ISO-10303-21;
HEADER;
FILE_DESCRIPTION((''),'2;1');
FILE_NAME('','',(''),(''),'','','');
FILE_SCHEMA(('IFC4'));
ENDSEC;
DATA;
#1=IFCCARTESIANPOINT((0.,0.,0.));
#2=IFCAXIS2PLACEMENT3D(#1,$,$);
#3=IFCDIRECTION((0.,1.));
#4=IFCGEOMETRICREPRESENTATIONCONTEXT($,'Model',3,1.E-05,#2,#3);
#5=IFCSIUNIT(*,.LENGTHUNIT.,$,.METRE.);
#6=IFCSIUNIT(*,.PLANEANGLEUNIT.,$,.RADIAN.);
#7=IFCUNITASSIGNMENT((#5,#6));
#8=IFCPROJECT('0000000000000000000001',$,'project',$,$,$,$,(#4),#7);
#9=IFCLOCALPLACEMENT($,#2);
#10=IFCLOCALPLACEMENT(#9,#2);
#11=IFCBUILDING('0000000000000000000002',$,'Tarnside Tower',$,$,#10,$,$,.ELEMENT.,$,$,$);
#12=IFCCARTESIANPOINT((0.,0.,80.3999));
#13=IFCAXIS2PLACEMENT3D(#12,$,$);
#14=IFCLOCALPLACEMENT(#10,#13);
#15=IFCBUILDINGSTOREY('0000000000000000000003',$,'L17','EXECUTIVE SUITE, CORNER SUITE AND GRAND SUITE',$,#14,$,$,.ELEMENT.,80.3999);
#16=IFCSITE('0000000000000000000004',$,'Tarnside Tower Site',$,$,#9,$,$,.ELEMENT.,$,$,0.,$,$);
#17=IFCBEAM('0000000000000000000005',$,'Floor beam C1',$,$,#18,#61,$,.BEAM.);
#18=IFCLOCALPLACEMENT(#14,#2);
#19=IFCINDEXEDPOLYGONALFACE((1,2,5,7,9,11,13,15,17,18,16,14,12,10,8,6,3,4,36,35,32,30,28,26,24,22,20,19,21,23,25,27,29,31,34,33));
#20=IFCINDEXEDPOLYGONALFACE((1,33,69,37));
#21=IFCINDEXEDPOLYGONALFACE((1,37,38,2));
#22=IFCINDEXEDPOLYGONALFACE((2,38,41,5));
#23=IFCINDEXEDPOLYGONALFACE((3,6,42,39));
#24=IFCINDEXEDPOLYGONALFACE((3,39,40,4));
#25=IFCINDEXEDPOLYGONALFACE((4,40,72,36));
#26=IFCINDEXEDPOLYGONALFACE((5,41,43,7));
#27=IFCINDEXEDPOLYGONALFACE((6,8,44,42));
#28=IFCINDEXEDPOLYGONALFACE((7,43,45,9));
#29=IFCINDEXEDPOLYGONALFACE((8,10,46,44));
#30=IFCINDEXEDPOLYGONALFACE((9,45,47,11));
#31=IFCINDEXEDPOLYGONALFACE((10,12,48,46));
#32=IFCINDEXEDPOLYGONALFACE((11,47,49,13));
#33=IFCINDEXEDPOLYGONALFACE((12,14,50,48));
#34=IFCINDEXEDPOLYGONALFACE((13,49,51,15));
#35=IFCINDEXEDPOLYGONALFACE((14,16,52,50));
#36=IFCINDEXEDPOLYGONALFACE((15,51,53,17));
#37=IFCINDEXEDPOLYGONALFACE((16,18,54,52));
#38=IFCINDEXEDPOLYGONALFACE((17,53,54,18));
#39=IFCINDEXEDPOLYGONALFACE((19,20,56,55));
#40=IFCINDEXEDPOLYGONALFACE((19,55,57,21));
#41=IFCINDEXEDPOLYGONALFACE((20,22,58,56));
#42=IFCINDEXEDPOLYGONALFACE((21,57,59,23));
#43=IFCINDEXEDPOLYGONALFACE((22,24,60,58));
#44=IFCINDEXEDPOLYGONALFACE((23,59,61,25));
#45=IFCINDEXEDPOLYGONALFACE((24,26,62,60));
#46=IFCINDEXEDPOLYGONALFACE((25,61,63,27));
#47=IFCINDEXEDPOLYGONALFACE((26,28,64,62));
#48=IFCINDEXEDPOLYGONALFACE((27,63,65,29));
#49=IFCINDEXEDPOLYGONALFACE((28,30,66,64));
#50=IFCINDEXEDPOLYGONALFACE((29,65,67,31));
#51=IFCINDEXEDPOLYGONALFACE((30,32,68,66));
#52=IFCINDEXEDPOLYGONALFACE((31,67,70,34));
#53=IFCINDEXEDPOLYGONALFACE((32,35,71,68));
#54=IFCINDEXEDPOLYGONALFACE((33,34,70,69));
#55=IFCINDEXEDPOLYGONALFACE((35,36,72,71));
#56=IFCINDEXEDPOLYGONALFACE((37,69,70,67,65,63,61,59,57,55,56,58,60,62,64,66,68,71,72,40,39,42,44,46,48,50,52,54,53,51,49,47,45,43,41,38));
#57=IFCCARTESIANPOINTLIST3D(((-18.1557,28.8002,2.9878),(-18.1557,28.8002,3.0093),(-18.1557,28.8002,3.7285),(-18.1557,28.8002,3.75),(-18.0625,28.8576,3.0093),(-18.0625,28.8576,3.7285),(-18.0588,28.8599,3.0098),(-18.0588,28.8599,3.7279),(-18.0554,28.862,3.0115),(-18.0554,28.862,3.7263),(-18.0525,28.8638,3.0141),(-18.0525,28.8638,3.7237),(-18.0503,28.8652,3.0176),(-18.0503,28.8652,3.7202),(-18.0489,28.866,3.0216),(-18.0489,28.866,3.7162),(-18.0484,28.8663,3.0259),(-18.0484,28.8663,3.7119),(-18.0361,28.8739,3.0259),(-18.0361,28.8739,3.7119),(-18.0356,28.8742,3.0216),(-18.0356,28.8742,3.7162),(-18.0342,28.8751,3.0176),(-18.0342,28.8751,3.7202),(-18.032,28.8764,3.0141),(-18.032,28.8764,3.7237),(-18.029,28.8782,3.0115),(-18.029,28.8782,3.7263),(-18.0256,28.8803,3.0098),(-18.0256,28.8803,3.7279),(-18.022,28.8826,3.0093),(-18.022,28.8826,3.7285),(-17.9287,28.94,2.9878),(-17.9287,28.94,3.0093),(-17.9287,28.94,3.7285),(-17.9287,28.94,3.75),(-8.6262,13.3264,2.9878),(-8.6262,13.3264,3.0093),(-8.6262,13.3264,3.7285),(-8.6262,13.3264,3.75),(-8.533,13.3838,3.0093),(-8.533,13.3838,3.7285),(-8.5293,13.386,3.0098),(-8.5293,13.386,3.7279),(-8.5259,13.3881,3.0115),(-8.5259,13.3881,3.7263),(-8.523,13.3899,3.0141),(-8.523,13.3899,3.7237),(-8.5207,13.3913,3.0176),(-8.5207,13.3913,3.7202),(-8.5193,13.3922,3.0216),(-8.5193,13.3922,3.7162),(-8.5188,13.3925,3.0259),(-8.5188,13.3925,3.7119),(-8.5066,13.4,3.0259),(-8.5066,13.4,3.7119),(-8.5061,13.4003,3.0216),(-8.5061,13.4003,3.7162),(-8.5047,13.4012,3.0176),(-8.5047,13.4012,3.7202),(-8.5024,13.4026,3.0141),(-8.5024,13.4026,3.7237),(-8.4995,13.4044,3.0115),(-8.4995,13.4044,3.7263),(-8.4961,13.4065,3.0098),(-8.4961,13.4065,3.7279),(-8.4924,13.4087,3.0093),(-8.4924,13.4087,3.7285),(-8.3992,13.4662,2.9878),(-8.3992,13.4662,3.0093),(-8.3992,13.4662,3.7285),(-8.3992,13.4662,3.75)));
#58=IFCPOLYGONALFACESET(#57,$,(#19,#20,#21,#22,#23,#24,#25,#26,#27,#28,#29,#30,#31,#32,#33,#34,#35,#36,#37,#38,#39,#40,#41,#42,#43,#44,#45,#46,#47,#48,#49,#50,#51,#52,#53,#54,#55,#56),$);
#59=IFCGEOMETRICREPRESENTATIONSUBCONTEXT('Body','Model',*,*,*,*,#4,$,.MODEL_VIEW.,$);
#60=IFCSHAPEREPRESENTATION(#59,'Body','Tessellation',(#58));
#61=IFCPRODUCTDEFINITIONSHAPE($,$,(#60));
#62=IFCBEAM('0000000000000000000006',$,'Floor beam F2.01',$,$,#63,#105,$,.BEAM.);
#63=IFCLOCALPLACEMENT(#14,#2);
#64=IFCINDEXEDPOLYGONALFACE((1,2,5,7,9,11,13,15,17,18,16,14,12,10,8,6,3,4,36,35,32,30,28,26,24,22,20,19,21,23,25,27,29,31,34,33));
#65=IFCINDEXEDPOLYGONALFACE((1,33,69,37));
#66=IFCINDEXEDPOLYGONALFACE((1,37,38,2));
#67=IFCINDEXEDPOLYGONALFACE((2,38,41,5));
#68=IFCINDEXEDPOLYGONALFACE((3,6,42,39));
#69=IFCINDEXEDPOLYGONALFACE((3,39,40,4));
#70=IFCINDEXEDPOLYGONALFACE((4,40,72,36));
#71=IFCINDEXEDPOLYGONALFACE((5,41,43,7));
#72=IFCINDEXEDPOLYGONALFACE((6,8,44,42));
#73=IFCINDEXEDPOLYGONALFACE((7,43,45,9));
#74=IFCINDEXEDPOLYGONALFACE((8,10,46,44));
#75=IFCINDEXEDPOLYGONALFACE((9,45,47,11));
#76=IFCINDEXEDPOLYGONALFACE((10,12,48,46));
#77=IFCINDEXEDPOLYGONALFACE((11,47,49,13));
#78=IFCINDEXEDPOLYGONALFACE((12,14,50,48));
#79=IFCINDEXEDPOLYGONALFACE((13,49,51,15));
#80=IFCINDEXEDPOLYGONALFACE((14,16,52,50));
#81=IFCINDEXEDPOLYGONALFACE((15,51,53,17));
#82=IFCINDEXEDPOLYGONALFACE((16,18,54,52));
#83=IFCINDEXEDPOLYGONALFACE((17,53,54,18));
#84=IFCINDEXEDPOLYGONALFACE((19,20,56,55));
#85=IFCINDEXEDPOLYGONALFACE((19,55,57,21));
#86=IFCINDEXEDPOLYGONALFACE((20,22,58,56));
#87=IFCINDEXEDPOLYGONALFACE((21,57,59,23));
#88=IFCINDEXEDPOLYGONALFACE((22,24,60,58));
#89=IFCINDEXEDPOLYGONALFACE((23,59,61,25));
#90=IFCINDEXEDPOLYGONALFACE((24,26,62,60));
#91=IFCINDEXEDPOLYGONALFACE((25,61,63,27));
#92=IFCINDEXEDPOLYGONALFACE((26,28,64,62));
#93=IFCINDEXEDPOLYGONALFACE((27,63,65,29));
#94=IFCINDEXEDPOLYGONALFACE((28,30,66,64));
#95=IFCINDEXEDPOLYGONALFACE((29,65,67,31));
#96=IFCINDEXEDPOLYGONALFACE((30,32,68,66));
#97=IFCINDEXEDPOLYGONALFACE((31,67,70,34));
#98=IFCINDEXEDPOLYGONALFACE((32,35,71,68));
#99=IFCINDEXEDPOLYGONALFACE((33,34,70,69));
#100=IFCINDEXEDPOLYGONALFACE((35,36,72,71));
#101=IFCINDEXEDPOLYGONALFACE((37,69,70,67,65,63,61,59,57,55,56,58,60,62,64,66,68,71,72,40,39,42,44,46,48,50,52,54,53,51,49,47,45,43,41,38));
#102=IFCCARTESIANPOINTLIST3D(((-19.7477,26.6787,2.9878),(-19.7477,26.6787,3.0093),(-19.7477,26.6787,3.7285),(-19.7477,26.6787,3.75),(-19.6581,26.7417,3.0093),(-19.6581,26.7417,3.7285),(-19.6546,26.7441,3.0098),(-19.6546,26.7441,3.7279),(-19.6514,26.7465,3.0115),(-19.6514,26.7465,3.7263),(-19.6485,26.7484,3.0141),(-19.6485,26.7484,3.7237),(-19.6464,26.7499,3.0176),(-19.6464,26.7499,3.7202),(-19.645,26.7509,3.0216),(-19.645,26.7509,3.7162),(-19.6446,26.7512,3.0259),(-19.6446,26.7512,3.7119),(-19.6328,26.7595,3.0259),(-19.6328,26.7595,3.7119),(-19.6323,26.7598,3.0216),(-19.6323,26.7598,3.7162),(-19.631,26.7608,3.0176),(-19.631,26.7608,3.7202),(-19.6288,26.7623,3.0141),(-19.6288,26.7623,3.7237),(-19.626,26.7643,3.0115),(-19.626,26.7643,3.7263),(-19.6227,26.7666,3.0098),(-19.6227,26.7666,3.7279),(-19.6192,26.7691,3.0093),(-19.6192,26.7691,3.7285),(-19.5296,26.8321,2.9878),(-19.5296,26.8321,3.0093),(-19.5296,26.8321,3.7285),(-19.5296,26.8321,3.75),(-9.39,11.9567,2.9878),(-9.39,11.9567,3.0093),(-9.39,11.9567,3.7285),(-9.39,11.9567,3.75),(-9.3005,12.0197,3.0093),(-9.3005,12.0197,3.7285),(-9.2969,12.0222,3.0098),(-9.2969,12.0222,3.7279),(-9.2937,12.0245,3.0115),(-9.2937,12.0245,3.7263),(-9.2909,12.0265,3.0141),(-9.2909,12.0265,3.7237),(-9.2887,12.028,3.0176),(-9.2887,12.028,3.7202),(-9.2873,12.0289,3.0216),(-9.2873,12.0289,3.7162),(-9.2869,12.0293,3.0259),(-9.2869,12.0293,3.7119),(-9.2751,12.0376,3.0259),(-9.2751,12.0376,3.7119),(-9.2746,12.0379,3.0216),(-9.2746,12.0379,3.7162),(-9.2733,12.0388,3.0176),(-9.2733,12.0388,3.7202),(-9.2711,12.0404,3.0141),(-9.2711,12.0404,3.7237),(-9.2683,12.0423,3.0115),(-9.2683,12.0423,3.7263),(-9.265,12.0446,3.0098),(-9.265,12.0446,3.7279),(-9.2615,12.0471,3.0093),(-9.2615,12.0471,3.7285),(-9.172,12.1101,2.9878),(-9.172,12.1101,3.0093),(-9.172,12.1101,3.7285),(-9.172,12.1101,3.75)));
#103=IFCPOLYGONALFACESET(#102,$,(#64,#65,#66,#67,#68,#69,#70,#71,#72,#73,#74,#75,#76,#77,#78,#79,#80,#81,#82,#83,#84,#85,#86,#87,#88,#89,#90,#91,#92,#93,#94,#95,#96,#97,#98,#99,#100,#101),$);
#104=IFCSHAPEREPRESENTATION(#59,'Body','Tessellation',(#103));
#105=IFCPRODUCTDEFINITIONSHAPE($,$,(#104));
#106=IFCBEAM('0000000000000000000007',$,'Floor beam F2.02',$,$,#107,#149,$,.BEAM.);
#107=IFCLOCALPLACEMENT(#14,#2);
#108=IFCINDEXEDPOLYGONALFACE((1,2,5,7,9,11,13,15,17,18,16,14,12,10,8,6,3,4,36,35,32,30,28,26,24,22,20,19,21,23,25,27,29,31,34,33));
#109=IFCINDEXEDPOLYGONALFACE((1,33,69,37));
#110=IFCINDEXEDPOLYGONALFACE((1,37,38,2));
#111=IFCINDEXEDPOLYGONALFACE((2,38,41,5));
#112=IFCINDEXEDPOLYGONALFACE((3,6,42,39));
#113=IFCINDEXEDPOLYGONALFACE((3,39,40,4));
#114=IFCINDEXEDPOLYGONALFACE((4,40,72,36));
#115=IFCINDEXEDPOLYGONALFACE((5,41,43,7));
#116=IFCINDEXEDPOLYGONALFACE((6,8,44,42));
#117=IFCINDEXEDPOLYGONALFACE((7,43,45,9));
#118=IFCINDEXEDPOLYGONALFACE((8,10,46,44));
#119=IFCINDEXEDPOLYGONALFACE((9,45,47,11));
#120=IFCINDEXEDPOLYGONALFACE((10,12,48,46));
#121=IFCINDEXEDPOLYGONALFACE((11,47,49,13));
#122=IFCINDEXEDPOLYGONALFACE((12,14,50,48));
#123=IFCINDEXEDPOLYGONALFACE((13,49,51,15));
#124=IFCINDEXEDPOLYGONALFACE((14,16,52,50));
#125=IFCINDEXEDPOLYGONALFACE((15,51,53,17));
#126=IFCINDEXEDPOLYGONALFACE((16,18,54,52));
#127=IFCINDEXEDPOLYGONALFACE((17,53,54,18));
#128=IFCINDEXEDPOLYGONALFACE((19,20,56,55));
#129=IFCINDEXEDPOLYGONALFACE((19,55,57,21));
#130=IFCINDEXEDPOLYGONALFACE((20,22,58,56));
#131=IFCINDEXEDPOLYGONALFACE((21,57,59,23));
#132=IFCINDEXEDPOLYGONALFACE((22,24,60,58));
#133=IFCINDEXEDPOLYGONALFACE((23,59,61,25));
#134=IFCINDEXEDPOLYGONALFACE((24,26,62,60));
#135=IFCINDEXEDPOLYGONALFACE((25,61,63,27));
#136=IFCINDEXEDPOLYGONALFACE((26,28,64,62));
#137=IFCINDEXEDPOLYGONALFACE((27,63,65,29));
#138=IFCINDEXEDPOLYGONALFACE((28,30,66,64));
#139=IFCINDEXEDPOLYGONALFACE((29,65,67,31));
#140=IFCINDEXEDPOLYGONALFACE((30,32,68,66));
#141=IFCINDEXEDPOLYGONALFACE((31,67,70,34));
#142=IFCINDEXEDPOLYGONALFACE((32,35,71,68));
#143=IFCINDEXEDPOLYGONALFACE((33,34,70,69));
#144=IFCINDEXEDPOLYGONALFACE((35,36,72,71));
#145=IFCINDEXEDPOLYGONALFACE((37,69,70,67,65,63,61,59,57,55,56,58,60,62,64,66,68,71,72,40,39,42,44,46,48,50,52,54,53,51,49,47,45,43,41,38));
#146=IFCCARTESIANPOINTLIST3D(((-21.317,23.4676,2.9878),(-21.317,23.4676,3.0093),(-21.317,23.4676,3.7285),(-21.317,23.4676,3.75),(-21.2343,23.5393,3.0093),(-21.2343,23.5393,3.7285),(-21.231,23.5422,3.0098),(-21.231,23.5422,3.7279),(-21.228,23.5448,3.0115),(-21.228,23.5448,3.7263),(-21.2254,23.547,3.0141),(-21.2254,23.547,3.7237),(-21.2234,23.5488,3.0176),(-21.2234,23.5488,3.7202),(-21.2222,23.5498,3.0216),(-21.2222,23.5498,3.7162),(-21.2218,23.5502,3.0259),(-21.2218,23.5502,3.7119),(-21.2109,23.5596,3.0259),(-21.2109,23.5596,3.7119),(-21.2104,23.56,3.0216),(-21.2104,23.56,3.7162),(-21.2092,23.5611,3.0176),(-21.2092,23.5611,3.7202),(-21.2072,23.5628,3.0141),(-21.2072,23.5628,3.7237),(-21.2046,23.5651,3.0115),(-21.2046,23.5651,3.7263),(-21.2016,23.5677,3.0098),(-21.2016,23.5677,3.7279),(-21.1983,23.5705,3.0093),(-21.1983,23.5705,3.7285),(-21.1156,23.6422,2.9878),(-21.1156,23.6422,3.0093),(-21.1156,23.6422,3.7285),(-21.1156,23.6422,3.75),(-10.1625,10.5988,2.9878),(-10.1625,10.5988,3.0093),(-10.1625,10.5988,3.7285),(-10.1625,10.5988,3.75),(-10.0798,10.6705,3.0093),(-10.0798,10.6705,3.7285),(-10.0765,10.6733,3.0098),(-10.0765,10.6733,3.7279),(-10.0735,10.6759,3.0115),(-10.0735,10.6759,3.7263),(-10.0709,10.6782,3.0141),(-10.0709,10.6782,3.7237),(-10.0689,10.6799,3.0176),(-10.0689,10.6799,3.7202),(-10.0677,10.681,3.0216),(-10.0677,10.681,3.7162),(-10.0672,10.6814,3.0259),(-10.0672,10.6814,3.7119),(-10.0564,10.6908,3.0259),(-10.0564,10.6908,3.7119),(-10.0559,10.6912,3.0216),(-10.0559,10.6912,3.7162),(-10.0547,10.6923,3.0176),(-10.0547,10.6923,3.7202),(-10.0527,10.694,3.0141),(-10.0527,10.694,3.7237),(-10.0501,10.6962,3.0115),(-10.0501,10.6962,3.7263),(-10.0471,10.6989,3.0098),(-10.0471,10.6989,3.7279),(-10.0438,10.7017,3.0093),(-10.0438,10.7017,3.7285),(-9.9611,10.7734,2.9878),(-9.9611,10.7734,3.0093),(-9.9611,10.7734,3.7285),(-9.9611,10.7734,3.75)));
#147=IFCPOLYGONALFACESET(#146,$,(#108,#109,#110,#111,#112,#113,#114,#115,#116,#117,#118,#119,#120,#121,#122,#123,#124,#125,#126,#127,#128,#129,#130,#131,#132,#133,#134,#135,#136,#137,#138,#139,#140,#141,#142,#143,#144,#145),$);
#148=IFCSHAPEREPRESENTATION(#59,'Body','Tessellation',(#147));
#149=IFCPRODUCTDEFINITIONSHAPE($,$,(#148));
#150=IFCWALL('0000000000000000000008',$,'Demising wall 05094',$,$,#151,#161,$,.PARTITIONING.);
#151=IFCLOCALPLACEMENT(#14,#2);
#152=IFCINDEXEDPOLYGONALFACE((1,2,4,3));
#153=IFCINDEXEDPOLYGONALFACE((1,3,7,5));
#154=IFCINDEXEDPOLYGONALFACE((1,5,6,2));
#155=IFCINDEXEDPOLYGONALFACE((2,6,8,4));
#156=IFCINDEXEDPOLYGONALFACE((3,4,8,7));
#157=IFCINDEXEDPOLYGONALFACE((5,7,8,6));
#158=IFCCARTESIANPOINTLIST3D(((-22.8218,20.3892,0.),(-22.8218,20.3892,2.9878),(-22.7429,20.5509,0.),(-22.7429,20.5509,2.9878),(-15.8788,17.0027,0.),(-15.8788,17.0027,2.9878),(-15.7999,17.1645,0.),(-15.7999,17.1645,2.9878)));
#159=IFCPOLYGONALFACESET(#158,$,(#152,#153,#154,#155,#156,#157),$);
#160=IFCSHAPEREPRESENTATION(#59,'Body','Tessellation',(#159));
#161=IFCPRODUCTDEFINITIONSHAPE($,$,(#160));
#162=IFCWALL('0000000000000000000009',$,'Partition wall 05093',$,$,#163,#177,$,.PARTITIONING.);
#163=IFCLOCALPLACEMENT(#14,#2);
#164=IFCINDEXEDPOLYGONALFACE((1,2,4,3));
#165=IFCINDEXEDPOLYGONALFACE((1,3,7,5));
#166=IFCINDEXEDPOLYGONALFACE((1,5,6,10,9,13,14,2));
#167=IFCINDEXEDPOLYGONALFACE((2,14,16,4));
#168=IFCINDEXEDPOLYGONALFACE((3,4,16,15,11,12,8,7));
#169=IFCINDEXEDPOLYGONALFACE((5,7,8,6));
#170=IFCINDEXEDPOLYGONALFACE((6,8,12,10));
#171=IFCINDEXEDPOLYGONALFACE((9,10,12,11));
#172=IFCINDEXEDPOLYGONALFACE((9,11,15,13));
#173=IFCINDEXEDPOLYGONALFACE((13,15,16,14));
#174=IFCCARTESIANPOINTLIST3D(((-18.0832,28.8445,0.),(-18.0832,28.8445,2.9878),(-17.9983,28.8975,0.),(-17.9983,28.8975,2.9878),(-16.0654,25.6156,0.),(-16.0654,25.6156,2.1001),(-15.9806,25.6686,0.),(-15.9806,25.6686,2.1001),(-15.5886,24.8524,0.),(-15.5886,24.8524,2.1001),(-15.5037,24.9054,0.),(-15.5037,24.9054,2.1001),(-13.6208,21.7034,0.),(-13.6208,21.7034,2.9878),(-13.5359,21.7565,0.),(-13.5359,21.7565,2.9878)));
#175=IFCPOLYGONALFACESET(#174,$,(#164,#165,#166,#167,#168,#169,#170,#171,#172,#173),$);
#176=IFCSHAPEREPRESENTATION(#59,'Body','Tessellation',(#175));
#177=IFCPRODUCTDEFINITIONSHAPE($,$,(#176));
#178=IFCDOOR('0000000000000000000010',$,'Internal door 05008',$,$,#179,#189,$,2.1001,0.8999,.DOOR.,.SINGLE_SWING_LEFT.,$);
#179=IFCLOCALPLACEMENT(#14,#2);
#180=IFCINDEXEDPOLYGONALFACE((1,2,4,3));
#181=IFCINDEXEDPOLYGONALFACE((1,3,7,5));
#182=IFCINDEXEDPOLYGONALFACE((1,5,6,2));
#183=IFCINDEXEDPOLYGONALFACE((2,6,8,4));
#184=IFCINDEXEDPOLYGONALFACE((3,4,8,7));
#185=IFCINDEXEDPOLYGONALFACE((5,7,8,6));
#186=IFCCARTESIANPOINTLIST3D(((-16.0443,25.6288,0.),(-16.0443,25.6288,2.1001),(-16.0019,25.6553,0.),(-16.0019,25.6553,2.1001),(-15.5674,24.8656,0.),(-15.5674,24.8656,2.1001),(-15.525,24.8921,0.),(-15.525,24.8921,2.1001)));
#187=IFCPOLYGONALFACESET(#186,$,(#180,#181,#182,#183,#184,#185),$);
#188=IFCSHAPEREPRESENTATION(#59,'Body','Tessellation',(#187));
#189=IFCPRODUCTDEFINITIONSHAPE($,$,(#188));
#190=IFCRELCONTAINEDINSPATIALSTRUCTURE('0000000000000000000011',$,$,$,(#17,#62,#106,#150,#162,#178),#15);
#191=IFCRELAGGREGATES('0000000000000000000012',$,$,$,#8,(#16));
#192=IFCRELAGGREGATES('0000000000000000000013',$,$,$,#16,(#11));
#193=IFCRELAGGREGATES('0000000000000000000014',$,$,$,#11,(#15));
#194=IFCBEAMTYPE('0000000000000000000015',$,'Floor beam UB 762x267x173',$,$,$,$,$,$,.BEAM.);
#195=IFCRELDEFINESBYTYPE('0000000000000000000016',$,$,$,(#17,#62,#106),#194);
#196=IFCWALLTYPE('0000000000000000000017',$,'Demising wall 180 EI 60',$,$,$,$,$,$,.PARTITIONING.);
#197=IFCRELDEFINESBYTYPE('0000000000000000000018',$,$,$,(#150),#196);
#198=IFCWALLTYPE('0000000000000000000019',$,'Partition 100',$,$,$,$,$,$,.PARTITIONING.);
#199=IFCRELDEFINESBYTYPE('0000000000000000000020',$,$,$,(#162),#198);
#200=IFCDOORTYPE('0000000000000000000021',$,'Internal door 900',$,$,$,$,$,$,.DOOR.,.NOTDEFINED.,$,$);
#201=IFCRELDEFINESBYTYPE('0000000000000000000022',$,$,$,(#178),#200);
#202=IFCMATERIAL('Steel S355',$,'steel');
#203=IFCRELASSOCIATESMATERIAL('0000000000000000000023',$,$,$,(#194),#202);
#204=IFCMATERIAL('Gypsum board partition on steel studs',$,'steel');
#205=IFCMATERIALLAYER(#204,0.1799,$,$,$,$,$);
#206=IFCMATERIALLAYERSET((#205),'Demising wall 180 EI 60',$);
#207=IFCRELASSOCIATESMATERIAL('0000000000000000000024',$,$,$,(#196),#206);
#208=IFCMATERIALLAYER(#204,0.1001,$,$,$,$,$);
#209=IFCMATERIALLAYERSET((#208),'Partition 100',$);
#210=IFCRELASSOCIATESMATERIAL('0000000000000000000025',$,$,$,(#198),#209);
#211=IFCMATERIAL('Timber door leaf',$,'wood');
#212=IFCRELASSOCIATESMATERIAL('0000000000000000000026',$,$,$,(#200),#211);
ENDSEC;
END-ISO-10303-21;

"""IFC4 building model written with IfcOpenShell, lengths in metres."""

from ifc_helpers import new_model, si_unit, direction, frame, frame_2d, origin, origin_2d, place, context, subcontext, project, spatial, rectangle, i_section, extrude, material, layer, layer_set, material_profile, profile_set, type_object, element, fill, save


model = new_model("IFC4")

# Units and contexts
model_context = context("Model", 3, precision=1e-05, world=origin(), true_north=direction((0.0, 1.0)))
body_context = subcontext(model_context, "Body", "Model", "MODEL_VIEW")
ifc_project = project(units=[si_unit("LENGTHUNIT", "METRE"), si_unit("PLANEANGLEUNIT", "RADIAN")], contexts=[model_context])

# Site, building, storey
site_placement = place(None, origin())
site = spatial("IfcSite", under=ifc_project, at=site_placement, Name="Tarnside Tower Site", CompositionType="ELEMENT", RefElevation=0.0)
building_placement = place(site_placement, origin())
building = spatial("IfcBuilding", under=site, at=building_placement, Name="Tarnside Tower", CompositionType="ELEMENT")
storey_placement = place(building_placement, frame((0.0, 0.0, 80.3999)))
storey = spatial("IfcBuildingStorey", under=building, at=storey_placement, Name="L17", Description="EXECUTIVE SUITE, CORNER SUITE AND GRAND SUITE", CompositionType="ELEMENT", Elevation=80.3999)

# Beams
ifc_material_1 = material(Name="Steel S355", Category="steel")
ifc_material_profile = material_profile(ifc_material_1, i_section(OverallWidth=0.2666, OverallDepth=0.7622, WebThickness=0.0144, FlangeThickness=0.0215, FilletRadius=0.0166, at=origin_2d()), Name="UB 762x267x173")
ifc_profile_set = profile_set([ifc_material_profile], Name="Steel S355")
beam_type = type_object("IfcBeamType", Name="Floor beam UB 762x267x173", PredefinedType="BEAM", material=ifc_profile_set)
beam_1_placement = place(storey_placement, frame((-18.0422, 28.8701, 3.3689), z_axis=(0.524383, -0.851483, 0.0), x_axis=(0.851483, 0.524383, 0.0)))
element("IfcBeam", 1, at=beam_1_placement, inside=storey, type_object=beam_type, Name="Floor beam C1", PredefinedType="BEAM", context=body_context, shape_type="SweptSolid", body=[
    extrude(i_section(OverallWidth=0.2666, OverallDepth=0.7622, WebThickness=0.0144, FlangeThickness=0.0215, FilletRadius=0.0166, at=origin_2d()), origin(), (0.0, 0.0, 1.0), 18.1729),
])
beam_2_placement = place(storey_placement, frame((-19.6387, 26.7554, 3.3689), z_axis=(0.575411, -0.817864, 0.0), x_axis=(0.817864, 0.575411, 0.0)))
element("IfcBeam", 2, at=beam_2_placement, inside=storey, type_object=beam_type, Name="Floor beam F2.01", PredefinedType="BEAM", context=body_context, shape_type="SweptSolid", body=[
    extrude(i_section(OverallWidth=0.2666, OverallDepth=0.7622, WebThickness=0.0144, FlangeThickness=0.0215, FilletRadius=0.0166, at=origin_2d()), origin(), (0.0, 0.0, 1.0), 18.0005),
])
beam_3_placement = place(storey_placement, frame((-21.2163, 23.5549, 3.3689), z_axis=(0.654981, -0.755646, 0.0), x_axis=(0.755646, 0.654981, 0.0)))
element("IfcBeam", 3, at=beam_3_placement, inside=storey, type_object=beam_type, Name="Floor beam F2.02", PredefinedType="BEAM", context=body_context, shape_type="SweptSolid", body=[
    extrude(i_section(OverallWidth=0.2666, OverallDepth=0.7622, WebThickness=0.0144, FlangeThickness=0.0215, FilletRadius=0.0166, at=origin_2d()), origin(), (0.0, 0.0, 1.0), 17.0303),
])

# Wall
ifc_material_2 = material(Name="Gypsum board partition on steel studs", Category="steel")
ifc_layer_1 = layer(ifc_material_2, 0.1799)
ifc_layer_set_1 = layer_set([ifc_layer_1], Name="Demising wall 180 EI 60")
wall_type_1 = type_object("IfcWallType", Name="Demising wall 180 EI 60", PredefinedType="PARTITIONING", material=ifc_layer_set_1)
wall_1_placement = place(storey_placement, frame((-22.7822, 20.47, 0.0), z_axis=(0.0, 0.0, 1.0), x_axis=(0.898789, -0.438381, 0.0)))
element("IfcWall", 4, at=wall_1_placement, inside=storey, type_object=wall_type_1, Name="Demising wall 05094", PredefinedType="PARTITIONING", context=body_context, shape_type="SweptSolid", body=[
    extrude(rectangle(XDim=7.7249, YDim=0.1799, at=frame_2d((3.8623, 0.0))), origin(), (0.0, 0.0, 1.0), 2.9878),
])

# Wall, opening, door
ifc_layer_2 = layer(ifc_material_2, 0.1001)
ifc_layer_set_2 = layer_set([ifc_layer_2], Name="Partition 100")
wall_type_2 = type_object("IfcWallType", Name="Partition 100", PredefinedType="PARTITIONING", material=ifc_layer_set_2)
wall_2_placement = place(storey_placement, frame((-18.0408, 28.8711, 0.0), z_axis=(0.0, 0.0, 1.0), x_axis=(0.529931, -0.848041, 0.0)))
wall_2 = element("IfcWall", 5, at=wall_2_placement, inside=storey, type_object=wall_type_2, Name="Partition wall 05093", PredefinedType="PARTITIONING", context=body_context, shape_type="SweptSolid", body=[
    extrude(rectangle(XDim=8.4207, YDim=0.1001, at=frame_2d((4.2104, 0.0))), origin(), (0.0, 0.0, 1.0), 2.9878),
])
opening_1_placement = place(wall_2_placement, frame((3.8076, 0.0, 0.0)))
opening_1 = element("IfcOpeningElement", 6, at=opening_1_placement, cuts=wall_2, PredefinedType="OPENING", context=body_context, shape_type="SweptSolid", body=[
    extrude(rectangle(XDim=0.8999, YDim=2.1001, at=frame_2d((0.45, 1.05))), frame((0.0, 0.0601, 0.0), z_axis=(0.0, -1.0, 0.0), x_axis=(1.0, 0.0, 0.0)), (0.0, 0.0, 1.0), 0.1201),
])
ifc_material_3 = material(Name="Timber door leaf", Category="wood")
door_type = type_object("IfcDoorType", Name="Internal door 900", OperationType="NOTDEFINED", PredefinedType="DOOR", material=ifc_material_3)
door_placement = place(opening_1_placement, origin())
door = element("IfcDoor", 7, at=door_placement, inside=storey, type_object=door_type, Name="Internal door 05008", OperationType="SINGLE_SWING_LEFT", OverallHeight=2.1001, OverallWidth=0.8999, PredefinedType="DOOR", context=body_context, shape_type="SweptSolid", body=[
    extrude(rectangle(XDim=0.8999, YDim=2.1001, at=frame_2d((0.45, 1.05))), frame((0.0, 0.0249, 0.0), z_axis=(0.0, -1.0, 0.0), x_axis=(1.0, 0.0, 0.0)), (0.0, 0.0, 1.0), 0.05),
])
fill(opening_1, door)

save(model, "model.ifc")
